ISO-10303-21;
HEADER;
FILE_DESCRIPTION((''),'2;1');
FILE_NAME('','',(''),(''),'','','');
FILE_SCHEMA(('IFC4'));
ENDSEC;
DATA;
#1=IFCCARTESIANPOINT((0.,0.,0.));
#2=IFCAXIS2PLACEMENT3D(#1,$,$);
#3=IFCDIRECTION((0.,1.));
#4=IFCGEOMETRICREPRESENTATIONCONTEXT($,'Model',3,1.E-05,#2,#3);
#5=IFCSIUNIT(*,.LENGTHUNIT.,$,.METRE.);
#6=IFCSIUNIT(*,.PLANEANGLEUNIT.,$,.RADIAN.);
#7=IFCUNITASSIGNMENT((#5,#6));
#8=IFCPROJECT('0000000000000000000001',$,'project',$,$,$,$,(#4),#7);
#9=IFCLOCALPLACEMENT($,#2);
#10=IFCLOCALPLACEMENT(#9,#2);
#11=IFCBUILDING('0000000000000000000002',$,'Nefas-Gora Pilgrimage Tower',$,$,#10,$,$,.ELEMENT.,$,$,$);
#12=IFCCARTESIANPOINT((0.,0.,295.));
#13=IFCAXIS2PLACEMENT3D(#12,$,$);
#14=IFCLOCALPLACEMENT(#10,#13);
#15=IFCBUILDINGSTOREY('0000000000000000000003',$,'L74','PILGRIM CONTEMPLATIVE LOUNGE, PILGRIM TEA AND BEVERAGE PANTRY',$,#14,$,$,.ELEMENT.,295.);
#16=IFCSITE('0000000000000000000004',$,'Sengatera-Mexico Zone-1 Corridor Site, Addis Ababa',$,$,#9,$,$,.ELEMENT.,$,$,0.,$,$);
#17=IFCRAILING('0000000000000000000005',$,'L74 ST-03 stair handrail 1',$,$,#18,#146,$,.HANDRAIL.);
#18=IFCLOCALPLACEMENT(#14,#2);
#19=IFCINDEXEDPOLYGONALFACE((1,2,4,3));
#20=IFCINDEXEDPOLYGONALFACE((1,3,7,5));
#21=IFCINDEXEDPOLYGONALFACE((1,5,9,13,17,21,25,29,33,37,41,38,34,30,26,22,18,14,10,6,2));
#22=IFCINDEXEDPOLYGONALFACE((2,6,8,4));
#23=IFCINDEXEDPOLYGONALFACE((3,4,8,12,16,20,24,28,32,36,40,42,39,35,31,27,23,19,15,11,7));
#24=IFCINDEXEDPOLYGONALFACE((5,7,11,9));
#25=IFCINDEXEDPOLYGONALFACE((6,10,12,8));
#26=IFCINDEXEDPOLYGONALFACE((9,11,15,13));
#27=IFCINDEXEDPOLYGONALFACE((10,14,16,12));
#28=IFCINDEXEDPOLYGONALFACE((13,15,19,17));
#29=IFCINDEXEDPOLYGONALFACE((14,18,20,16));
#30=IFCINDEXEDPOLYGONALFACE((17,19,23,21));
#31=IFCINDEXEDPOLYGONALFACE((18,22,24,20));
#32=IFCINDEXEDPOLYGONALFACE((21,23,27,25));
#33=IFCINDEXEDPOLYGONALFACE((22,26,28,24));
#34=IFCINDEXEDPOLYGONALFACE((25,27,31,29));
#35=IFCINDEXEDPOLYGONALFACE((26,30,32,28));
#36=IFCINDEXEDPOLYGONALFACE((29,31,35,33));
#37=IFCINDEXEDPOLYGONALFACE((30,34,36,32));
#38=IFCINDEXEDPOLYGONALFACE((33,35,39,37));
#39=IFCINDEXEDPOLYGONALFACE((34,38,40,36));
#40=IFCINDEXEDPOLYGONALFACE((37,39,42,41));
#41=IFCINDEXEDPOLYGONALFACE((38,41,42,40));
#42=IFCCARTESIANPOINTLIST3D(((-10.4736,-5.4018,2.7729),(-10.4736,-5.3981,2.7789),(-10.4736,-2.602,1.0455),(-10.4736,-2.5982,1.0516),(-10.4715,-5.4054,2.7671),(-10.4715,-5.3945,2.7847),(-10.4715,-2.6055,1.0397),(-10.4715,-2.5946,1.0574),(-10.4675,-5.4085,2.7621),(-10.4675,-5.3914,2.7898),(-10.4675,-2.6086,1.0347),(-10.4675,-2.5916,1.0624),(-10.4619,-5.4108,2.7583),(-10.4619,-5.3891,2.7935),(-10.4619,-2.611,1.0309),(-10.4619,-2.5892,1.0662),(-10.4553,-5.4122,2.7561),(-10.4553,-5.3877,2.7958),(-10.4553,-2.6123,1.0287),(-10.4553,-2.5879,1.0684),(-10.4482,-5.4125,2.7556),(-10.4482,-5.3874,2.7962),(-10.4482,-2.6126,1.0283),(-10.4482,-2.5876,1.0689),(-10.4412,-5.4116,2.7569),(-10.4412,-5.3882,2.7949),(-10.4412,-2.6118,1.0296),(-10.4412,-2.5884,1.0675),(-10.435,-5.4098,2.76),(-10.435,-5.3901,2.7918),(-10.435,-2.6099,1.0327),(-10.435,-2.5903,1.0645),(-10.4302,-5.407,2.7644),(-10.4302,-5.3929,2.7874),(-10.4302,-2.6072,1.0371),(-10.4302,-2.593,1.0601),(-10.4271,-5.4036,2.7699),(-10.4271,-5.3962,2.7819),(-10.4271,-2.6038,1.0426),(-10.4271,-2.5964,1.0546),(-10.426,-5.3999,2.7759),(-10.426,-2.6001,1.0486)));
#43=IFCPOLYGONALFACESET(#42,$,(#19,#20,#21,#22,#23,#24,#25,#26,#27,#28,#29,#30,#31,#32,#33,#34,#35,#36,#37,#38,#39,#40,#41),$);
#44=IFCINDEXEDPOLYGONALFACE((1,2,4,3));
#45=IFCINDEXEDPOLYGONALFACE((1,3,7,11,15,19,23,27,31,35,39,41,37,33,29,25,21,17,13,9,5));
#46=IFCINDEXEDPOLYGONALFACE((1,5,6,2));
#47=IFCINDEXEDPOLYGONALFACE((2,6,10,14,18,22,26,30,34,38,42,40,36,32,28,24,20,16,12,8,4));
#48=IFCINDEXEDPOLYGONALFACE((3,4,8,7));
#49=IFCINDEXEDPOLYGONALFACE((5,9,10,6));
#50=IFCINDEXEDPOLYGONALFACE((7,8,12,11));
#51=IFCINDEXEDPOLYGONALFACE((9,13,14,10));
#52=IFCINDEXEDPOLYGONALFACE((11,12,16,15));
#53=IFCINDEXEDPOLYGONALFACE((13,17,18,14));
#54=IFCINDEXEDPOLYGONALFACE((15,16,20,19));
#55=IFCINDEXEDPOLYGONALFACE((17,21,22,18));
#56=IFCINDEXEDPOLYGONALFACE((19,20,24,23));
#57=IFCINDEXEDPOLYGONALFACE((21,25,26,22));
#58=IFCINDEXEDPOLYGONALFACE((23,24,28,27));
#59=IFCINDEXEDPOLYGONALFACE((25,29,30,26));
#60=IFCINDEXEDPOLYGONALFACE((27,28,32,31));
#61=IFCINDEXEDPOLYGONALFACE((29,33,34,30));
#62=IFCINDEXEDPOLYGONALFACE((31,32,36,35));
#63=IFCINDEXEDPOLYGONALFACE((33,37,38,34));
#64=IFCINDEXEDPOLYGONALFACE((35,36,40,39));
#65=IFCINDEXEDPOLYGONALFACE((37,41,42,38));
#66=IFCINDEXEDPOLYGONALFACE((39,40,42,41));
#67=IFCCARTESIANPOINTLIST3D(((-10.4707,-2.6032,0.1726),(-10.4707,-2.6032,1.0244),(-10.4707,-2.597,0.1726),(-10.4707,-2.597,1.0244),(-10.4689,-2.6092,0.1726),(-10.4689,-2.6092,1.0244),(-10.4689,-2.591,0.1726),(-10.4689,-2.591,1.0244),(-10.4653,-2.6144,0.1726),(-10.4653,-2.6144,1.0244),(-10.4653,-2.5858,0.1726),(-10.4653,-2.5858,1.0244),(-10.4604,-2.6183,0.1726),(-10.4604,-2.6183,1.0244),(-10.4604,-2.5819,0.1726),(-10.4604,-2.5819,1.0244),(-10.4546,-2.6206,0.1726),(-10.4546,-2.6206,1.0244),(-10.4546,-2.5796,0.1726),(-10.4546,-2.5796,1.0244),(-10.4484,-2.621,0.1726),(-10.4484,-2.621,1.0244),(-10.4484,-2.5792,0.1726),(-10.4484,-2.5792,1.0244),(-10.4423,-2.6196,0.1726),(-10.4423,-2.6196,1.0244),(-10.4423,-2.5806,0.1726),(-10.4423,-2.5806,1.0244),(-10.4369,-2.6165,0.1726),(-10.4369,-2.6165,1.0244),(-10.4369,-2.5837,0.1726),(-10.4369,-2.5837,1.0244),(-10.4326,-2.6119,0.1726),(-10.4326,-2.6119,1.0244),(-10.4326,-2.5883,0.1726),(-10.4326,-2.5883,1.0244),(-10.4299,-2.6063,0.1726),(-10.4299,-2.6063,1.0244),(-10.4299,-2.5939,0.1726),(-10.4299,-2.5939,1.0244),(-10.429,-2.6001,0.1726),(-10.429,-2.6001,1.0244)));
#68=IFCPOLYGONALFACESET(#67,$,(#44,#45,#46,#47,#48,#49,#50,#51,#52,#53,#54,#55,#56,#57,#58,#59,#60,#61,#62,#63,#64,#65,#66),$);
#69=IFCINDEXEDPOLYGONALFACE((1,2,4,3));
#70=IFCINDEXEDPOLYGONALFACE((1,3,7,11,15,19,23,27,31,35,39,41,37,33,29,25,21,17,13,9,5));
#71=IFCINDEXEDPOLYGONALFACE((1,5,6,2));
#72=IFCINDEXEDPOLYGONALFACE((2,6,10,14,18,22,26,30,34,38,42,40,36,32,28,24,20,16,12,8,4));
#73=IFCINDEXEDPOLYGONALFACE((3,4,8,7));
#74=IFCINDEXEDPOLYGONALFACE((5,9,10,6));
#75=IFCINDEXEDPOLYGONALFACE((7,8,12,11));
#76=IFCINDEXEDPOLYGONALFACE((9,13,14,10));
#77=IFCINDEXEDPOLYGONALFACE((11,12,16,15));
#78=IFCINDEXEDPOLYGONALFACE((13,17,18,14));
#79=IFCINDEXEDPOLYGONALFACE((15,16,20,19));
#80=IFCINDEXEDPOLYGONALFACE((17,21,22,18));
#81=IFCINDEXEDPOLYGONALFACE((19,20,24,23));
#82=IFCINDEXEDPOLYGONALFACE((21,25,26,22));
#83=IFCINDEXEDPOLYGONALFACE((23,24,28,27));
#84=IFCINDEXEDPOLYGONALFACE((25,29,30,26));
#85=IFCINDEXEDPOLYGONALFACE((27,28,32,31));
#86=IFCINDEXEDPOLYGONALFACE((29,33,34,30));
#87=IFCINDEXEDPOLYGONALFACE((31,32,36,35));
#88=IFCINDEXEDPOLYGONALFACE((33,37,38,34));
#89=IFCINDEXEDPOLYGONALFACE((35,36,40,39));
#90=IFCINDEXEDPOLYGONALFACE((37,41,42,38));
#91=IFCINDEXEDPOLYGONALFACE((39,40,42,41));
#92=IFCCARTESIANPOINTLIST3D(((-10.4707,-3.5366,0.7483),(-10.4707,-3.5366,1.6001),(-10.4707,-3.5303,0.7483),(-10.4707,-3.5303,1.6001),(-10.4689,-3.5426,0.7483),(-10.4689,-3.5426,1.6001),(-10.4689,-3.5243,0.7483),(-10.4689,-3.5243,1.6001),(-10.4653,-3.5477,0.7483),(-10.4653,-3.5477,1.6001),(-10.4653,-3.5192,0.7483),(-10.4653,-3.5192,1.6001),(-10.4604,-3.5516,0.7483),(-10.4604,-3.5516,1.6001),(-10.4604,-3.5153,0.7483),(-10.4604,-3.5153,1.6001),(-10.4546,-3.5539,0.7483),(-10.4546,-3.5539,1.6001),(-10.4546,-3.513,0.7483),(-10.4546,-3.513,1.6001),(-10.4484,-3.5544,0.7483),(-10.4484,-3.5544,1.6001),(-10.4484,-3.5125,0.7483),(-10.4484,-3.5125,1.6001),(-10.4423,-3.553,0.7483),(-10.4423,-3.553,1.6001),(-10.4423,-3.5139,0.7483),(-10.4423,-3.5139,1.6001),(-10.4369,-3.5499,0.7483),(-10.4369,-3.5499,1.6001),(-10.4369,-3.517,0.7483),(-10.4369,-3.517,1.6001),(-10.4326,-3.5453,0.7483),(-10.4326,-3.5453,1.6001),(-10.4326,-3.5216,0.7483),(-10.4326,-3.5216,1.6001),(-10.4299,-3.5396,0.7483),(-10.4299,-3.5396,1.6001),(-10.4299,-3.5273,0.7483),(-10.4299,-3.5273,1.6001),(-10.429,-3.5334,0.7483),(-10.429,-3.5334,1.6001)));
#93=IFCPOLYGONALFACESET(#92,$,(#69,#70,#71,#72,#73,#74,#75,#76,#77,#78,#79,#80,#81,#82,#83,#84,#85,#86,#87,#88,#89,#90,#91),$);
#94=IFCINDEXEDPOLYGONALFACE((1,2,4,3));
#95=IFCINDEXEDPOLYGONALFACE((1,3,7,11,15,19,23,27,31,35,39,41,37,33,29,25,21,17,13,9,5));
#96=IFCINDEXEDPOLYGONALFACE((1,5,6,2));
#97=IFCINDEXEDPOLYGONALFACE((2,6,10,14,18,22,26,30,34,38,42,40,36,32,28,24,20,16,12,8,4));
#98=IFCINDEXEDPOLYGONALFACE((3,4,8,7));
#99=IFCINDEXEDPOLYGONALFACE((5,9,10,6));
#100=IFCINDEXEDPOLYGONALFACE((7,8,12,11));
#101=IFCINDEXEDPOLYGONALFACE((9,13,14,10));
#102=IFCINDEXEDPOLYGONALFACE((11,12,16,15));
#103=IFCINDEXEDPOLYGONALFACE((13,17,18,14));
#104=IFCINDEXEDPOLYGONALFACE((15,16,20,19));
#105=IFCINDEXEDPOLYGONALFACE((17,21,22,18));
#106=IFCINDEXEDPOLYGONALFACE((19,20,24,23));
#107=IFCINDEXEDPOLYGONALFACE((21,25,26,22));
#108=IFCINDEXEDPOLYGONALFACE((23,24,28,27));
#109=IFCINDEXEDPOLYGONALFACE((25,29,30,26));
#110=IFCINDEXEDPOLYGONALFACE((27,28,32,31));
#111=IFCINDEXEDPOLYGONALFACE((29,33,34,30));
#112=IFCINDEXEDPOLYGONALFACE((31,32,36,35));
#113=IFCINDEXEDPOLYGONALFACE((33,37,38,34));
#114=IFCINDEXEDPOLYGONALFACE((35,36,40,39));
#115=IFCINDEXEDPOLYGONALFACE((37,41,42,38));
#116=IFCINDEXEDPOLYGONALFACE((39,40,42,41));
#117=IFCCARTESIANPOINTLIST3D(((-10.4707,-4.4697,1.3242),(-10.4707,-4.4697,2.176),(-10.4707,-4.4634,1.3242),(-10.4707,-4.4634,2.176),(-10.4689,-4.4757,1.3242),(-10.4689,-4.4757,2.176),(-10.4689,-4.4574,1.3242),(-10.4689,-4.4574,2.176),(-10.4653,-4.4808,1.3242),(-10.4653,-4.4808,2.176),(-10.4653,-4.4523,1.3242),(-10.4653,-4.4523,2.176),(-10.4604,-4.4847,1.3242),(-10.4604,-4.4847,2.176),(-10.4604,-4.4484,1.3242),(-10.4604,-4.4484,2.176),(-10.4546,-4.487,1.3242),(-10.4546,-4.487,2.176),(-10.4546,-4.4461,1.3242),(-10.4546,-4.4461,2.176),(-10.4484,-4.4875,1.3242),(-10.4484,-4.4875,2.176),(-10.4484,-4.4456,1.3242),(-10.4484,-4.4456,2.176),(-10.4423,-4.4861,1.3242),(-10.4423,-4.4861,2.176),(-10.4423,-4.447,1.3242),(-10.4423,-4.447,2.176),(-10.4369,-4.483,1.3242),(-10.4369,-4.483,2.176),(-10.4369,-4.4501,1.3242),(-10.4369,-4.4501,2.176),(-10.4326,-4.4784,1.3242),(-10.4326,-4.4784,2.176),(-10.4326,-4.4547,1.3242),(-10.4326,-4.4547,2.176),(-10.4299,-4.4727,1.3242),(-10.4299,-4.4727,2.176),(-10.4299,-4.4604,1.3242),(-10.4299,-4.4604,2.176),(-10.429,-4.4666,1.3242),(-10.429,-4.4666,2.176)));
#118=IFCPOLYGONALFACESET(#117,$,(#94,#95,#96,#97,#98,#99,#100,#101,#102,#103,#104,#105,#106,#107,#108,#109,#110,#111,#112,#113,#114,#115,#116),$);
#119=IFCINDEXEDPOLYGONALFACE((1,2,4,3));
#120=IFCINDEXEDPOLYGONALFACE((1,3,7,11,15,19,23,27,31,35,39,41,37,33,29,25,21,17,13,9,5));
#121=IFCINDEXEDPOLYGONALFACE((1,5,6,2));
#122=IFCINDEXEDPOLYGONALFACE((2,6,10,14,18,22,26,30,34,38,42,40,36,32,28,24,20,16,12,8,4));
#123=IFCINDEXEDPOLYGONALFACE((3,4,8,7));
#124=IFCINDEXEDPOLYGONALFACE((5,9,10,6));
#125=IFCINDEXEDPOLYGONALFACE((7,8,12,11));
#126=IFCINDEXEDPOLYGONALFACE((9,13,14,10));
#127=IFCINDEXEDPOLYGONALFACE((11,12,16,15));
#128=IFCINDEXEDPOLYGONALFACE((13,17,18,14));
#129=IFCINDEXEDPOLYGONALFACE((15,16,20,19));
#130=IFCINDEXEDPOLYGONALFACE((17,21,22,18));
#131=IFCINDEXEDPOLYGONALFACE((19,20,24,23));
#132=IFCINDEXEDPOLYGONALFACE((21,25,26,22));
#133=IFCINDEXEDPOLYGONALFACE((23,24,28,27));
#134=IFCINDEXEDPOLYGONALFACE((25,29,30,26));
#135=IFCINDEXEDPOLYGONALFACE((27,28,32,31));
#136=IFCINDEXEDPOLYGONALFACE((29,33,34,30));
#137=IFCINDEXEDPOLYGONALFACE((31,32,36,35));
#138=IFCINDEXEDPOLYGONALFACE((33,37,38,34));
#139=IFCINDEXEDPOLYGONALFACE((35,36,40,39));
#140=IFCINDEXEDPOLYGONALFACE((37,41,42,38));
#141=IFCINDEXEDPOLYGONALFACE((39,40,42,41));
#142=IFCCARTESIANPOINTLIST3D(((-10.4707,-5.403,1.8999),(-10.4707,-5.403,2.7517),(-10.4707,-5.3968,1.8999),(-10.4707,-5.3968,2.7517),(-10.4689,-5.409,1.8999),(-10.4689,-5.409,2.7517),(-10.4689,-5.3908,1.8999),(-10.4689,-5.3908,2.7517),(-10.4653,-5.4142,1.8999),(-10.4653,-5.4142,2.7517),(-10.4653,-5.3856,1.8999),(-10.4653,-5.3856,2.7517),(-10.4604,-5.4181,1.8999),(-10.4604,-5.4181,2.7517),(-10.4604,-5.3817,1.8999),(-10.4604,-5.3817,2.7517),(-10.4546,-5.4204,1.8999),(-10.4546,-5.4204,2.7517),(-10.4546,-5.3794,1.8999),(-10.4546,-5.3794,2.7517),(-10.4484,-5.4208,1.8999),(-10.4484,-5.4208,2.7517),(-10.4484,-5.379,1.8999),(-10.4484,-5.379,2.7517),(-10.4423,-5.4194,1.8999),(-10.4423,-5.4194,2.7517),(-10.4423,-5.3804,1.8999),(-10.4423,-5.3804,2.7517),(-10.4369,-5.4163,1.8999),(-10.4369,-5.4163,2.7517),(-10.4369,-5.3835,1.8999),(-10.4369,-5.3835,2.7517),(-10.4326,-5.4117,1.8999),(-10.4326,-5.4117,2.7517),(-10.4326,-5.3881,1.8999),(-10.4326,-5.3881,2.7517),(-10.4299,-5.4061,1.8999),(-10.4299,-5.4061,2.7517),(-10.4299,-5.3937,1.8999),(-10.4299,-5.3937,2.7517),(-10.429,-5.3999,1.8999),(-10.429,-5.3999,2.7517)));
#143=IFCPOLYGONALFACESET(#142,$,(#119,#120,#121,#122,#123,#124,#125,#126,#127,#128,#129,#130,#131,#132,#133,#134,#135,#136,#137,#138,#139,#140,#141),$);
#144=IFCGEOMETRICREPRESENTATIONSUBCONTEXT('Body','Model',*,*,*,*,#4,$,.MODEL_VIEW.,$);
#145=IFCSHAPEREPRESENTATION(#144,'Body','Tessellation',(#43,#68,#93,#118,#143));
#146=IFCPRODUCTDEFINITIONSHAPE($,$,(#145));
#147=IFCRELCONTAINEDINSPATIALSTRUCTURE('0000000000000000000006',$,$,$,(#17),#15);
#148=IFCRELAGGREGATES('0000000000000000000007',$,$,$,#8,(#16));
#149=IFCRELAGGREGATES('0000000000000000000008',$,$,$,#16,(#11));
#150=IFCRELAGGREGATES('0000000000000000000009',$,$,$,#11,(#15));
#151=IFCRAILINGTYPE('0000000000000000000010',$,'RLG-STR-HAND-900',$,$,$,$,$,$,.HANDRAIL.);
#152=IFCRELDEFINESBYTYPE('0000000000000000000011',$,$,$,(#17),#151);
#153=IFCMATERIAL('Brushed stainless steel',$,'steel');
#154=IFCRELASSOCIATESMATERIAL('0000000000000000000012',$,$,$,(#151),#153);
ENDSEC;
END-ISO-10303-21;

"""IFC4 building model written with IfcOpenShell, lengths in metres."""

from ifc_helpers import new_model, si_unit, direction, frame, origin, origin_2d, place, context, subcontext, project, spatial, circle, extrude, material, type_object, element, save


model = new_model("IFC4")

# Units and contexts
model_context = context("Model", 3, precision=1e-05, world=origin(), true_north=direction((0.0, 1.0)))
body_context = subcontext(model_context, "Body", "Model", "MODEL_VIEW")
ifc_project = project(units=[si_unit("LENGTHUNIT", "METRE"), si_unit("PLANEANGLEUNIT", "RADIAN")], contexts=[model_context])

# Site, building, storey
site_placement = place(None, origin())
site = spatial("IfcSite", under=ifc_project, at=site_placement, Name="Sengatera-Mexico Zone-1 Corridor Site, Addis Ababa", CompositionType="ELEMENT", RefElevation=0.0)
building_placement = place(site_placement, origin())
building = spatial("IfcBuilding", under=site, at=building_placement, Name="Nefas-Gora Pilgrimage Tower", CompositionType="ELEMENT")
storey_placement = place(building_placement, frame((0.0, 0.0, 295.0)))
storey = spatial("IfcBuildingStorey", under=building, at=storey_placement, Name="L74", Description="PILGRIM CONTEMPLATIVE LOUNGE, PILGRIM TEA AND BEVERAGE PANTRY", CompositionType="ELEMENT", Elevation=295.0)

# Railing
ifc_material_1 = material(Name="Brushed stainless steel", Category="steel")
railing_type_1 = type_object("IfcRailingType", Name="RLG-STR-HAND-900", PredefinedType="HANDRAIL", material=ifc_material_1)
railing_1_placement = place(storey_placement, frame((-10.45, -2.6001, 0.1726)))
element("IfcRailing", 1, at=railing_1_placement, inside=storey, type_object=railing_type_1, Name="L74 ST-03 stair handrail 1", PredefinedType="HANDRAIL", context=body_context, shape_type="SweptSolid", body=[
    extrude(circle(Radius=0.0239, at=origin_2d()), frame((0.0, 0.0, 0.876), z_axis=(0.0, -0.851069, 0.525054), x_axis=(1.0, 0.0, 0.0)), (0.0, 0.0, 1.0), 3.2898),
    extrude(circle(Radius=0.021, at=origin_2d()), origin(), (0.0, 0.0, 1.0), 0.8518),
    extrude(circle(Radius=0.021, at=origin_2d()), frame((0.0, -0.9333, 0.5757)), (0.0, 0.0, 1.0), 0.8518),
    extrude(circle(Radius=0.021, at=origin_2d()), frame((0.0, -1.8665, 1.1516)), (0.0, 0.0, 1.0), 0.8518),
    extrude(circle(Radius=0.021, at=origin_2d()), frame((0.0, -2.7998, 1.7273)), (0.0, 0.0, 1.0), 0.8518),
])

save(model, "model.ifc")
